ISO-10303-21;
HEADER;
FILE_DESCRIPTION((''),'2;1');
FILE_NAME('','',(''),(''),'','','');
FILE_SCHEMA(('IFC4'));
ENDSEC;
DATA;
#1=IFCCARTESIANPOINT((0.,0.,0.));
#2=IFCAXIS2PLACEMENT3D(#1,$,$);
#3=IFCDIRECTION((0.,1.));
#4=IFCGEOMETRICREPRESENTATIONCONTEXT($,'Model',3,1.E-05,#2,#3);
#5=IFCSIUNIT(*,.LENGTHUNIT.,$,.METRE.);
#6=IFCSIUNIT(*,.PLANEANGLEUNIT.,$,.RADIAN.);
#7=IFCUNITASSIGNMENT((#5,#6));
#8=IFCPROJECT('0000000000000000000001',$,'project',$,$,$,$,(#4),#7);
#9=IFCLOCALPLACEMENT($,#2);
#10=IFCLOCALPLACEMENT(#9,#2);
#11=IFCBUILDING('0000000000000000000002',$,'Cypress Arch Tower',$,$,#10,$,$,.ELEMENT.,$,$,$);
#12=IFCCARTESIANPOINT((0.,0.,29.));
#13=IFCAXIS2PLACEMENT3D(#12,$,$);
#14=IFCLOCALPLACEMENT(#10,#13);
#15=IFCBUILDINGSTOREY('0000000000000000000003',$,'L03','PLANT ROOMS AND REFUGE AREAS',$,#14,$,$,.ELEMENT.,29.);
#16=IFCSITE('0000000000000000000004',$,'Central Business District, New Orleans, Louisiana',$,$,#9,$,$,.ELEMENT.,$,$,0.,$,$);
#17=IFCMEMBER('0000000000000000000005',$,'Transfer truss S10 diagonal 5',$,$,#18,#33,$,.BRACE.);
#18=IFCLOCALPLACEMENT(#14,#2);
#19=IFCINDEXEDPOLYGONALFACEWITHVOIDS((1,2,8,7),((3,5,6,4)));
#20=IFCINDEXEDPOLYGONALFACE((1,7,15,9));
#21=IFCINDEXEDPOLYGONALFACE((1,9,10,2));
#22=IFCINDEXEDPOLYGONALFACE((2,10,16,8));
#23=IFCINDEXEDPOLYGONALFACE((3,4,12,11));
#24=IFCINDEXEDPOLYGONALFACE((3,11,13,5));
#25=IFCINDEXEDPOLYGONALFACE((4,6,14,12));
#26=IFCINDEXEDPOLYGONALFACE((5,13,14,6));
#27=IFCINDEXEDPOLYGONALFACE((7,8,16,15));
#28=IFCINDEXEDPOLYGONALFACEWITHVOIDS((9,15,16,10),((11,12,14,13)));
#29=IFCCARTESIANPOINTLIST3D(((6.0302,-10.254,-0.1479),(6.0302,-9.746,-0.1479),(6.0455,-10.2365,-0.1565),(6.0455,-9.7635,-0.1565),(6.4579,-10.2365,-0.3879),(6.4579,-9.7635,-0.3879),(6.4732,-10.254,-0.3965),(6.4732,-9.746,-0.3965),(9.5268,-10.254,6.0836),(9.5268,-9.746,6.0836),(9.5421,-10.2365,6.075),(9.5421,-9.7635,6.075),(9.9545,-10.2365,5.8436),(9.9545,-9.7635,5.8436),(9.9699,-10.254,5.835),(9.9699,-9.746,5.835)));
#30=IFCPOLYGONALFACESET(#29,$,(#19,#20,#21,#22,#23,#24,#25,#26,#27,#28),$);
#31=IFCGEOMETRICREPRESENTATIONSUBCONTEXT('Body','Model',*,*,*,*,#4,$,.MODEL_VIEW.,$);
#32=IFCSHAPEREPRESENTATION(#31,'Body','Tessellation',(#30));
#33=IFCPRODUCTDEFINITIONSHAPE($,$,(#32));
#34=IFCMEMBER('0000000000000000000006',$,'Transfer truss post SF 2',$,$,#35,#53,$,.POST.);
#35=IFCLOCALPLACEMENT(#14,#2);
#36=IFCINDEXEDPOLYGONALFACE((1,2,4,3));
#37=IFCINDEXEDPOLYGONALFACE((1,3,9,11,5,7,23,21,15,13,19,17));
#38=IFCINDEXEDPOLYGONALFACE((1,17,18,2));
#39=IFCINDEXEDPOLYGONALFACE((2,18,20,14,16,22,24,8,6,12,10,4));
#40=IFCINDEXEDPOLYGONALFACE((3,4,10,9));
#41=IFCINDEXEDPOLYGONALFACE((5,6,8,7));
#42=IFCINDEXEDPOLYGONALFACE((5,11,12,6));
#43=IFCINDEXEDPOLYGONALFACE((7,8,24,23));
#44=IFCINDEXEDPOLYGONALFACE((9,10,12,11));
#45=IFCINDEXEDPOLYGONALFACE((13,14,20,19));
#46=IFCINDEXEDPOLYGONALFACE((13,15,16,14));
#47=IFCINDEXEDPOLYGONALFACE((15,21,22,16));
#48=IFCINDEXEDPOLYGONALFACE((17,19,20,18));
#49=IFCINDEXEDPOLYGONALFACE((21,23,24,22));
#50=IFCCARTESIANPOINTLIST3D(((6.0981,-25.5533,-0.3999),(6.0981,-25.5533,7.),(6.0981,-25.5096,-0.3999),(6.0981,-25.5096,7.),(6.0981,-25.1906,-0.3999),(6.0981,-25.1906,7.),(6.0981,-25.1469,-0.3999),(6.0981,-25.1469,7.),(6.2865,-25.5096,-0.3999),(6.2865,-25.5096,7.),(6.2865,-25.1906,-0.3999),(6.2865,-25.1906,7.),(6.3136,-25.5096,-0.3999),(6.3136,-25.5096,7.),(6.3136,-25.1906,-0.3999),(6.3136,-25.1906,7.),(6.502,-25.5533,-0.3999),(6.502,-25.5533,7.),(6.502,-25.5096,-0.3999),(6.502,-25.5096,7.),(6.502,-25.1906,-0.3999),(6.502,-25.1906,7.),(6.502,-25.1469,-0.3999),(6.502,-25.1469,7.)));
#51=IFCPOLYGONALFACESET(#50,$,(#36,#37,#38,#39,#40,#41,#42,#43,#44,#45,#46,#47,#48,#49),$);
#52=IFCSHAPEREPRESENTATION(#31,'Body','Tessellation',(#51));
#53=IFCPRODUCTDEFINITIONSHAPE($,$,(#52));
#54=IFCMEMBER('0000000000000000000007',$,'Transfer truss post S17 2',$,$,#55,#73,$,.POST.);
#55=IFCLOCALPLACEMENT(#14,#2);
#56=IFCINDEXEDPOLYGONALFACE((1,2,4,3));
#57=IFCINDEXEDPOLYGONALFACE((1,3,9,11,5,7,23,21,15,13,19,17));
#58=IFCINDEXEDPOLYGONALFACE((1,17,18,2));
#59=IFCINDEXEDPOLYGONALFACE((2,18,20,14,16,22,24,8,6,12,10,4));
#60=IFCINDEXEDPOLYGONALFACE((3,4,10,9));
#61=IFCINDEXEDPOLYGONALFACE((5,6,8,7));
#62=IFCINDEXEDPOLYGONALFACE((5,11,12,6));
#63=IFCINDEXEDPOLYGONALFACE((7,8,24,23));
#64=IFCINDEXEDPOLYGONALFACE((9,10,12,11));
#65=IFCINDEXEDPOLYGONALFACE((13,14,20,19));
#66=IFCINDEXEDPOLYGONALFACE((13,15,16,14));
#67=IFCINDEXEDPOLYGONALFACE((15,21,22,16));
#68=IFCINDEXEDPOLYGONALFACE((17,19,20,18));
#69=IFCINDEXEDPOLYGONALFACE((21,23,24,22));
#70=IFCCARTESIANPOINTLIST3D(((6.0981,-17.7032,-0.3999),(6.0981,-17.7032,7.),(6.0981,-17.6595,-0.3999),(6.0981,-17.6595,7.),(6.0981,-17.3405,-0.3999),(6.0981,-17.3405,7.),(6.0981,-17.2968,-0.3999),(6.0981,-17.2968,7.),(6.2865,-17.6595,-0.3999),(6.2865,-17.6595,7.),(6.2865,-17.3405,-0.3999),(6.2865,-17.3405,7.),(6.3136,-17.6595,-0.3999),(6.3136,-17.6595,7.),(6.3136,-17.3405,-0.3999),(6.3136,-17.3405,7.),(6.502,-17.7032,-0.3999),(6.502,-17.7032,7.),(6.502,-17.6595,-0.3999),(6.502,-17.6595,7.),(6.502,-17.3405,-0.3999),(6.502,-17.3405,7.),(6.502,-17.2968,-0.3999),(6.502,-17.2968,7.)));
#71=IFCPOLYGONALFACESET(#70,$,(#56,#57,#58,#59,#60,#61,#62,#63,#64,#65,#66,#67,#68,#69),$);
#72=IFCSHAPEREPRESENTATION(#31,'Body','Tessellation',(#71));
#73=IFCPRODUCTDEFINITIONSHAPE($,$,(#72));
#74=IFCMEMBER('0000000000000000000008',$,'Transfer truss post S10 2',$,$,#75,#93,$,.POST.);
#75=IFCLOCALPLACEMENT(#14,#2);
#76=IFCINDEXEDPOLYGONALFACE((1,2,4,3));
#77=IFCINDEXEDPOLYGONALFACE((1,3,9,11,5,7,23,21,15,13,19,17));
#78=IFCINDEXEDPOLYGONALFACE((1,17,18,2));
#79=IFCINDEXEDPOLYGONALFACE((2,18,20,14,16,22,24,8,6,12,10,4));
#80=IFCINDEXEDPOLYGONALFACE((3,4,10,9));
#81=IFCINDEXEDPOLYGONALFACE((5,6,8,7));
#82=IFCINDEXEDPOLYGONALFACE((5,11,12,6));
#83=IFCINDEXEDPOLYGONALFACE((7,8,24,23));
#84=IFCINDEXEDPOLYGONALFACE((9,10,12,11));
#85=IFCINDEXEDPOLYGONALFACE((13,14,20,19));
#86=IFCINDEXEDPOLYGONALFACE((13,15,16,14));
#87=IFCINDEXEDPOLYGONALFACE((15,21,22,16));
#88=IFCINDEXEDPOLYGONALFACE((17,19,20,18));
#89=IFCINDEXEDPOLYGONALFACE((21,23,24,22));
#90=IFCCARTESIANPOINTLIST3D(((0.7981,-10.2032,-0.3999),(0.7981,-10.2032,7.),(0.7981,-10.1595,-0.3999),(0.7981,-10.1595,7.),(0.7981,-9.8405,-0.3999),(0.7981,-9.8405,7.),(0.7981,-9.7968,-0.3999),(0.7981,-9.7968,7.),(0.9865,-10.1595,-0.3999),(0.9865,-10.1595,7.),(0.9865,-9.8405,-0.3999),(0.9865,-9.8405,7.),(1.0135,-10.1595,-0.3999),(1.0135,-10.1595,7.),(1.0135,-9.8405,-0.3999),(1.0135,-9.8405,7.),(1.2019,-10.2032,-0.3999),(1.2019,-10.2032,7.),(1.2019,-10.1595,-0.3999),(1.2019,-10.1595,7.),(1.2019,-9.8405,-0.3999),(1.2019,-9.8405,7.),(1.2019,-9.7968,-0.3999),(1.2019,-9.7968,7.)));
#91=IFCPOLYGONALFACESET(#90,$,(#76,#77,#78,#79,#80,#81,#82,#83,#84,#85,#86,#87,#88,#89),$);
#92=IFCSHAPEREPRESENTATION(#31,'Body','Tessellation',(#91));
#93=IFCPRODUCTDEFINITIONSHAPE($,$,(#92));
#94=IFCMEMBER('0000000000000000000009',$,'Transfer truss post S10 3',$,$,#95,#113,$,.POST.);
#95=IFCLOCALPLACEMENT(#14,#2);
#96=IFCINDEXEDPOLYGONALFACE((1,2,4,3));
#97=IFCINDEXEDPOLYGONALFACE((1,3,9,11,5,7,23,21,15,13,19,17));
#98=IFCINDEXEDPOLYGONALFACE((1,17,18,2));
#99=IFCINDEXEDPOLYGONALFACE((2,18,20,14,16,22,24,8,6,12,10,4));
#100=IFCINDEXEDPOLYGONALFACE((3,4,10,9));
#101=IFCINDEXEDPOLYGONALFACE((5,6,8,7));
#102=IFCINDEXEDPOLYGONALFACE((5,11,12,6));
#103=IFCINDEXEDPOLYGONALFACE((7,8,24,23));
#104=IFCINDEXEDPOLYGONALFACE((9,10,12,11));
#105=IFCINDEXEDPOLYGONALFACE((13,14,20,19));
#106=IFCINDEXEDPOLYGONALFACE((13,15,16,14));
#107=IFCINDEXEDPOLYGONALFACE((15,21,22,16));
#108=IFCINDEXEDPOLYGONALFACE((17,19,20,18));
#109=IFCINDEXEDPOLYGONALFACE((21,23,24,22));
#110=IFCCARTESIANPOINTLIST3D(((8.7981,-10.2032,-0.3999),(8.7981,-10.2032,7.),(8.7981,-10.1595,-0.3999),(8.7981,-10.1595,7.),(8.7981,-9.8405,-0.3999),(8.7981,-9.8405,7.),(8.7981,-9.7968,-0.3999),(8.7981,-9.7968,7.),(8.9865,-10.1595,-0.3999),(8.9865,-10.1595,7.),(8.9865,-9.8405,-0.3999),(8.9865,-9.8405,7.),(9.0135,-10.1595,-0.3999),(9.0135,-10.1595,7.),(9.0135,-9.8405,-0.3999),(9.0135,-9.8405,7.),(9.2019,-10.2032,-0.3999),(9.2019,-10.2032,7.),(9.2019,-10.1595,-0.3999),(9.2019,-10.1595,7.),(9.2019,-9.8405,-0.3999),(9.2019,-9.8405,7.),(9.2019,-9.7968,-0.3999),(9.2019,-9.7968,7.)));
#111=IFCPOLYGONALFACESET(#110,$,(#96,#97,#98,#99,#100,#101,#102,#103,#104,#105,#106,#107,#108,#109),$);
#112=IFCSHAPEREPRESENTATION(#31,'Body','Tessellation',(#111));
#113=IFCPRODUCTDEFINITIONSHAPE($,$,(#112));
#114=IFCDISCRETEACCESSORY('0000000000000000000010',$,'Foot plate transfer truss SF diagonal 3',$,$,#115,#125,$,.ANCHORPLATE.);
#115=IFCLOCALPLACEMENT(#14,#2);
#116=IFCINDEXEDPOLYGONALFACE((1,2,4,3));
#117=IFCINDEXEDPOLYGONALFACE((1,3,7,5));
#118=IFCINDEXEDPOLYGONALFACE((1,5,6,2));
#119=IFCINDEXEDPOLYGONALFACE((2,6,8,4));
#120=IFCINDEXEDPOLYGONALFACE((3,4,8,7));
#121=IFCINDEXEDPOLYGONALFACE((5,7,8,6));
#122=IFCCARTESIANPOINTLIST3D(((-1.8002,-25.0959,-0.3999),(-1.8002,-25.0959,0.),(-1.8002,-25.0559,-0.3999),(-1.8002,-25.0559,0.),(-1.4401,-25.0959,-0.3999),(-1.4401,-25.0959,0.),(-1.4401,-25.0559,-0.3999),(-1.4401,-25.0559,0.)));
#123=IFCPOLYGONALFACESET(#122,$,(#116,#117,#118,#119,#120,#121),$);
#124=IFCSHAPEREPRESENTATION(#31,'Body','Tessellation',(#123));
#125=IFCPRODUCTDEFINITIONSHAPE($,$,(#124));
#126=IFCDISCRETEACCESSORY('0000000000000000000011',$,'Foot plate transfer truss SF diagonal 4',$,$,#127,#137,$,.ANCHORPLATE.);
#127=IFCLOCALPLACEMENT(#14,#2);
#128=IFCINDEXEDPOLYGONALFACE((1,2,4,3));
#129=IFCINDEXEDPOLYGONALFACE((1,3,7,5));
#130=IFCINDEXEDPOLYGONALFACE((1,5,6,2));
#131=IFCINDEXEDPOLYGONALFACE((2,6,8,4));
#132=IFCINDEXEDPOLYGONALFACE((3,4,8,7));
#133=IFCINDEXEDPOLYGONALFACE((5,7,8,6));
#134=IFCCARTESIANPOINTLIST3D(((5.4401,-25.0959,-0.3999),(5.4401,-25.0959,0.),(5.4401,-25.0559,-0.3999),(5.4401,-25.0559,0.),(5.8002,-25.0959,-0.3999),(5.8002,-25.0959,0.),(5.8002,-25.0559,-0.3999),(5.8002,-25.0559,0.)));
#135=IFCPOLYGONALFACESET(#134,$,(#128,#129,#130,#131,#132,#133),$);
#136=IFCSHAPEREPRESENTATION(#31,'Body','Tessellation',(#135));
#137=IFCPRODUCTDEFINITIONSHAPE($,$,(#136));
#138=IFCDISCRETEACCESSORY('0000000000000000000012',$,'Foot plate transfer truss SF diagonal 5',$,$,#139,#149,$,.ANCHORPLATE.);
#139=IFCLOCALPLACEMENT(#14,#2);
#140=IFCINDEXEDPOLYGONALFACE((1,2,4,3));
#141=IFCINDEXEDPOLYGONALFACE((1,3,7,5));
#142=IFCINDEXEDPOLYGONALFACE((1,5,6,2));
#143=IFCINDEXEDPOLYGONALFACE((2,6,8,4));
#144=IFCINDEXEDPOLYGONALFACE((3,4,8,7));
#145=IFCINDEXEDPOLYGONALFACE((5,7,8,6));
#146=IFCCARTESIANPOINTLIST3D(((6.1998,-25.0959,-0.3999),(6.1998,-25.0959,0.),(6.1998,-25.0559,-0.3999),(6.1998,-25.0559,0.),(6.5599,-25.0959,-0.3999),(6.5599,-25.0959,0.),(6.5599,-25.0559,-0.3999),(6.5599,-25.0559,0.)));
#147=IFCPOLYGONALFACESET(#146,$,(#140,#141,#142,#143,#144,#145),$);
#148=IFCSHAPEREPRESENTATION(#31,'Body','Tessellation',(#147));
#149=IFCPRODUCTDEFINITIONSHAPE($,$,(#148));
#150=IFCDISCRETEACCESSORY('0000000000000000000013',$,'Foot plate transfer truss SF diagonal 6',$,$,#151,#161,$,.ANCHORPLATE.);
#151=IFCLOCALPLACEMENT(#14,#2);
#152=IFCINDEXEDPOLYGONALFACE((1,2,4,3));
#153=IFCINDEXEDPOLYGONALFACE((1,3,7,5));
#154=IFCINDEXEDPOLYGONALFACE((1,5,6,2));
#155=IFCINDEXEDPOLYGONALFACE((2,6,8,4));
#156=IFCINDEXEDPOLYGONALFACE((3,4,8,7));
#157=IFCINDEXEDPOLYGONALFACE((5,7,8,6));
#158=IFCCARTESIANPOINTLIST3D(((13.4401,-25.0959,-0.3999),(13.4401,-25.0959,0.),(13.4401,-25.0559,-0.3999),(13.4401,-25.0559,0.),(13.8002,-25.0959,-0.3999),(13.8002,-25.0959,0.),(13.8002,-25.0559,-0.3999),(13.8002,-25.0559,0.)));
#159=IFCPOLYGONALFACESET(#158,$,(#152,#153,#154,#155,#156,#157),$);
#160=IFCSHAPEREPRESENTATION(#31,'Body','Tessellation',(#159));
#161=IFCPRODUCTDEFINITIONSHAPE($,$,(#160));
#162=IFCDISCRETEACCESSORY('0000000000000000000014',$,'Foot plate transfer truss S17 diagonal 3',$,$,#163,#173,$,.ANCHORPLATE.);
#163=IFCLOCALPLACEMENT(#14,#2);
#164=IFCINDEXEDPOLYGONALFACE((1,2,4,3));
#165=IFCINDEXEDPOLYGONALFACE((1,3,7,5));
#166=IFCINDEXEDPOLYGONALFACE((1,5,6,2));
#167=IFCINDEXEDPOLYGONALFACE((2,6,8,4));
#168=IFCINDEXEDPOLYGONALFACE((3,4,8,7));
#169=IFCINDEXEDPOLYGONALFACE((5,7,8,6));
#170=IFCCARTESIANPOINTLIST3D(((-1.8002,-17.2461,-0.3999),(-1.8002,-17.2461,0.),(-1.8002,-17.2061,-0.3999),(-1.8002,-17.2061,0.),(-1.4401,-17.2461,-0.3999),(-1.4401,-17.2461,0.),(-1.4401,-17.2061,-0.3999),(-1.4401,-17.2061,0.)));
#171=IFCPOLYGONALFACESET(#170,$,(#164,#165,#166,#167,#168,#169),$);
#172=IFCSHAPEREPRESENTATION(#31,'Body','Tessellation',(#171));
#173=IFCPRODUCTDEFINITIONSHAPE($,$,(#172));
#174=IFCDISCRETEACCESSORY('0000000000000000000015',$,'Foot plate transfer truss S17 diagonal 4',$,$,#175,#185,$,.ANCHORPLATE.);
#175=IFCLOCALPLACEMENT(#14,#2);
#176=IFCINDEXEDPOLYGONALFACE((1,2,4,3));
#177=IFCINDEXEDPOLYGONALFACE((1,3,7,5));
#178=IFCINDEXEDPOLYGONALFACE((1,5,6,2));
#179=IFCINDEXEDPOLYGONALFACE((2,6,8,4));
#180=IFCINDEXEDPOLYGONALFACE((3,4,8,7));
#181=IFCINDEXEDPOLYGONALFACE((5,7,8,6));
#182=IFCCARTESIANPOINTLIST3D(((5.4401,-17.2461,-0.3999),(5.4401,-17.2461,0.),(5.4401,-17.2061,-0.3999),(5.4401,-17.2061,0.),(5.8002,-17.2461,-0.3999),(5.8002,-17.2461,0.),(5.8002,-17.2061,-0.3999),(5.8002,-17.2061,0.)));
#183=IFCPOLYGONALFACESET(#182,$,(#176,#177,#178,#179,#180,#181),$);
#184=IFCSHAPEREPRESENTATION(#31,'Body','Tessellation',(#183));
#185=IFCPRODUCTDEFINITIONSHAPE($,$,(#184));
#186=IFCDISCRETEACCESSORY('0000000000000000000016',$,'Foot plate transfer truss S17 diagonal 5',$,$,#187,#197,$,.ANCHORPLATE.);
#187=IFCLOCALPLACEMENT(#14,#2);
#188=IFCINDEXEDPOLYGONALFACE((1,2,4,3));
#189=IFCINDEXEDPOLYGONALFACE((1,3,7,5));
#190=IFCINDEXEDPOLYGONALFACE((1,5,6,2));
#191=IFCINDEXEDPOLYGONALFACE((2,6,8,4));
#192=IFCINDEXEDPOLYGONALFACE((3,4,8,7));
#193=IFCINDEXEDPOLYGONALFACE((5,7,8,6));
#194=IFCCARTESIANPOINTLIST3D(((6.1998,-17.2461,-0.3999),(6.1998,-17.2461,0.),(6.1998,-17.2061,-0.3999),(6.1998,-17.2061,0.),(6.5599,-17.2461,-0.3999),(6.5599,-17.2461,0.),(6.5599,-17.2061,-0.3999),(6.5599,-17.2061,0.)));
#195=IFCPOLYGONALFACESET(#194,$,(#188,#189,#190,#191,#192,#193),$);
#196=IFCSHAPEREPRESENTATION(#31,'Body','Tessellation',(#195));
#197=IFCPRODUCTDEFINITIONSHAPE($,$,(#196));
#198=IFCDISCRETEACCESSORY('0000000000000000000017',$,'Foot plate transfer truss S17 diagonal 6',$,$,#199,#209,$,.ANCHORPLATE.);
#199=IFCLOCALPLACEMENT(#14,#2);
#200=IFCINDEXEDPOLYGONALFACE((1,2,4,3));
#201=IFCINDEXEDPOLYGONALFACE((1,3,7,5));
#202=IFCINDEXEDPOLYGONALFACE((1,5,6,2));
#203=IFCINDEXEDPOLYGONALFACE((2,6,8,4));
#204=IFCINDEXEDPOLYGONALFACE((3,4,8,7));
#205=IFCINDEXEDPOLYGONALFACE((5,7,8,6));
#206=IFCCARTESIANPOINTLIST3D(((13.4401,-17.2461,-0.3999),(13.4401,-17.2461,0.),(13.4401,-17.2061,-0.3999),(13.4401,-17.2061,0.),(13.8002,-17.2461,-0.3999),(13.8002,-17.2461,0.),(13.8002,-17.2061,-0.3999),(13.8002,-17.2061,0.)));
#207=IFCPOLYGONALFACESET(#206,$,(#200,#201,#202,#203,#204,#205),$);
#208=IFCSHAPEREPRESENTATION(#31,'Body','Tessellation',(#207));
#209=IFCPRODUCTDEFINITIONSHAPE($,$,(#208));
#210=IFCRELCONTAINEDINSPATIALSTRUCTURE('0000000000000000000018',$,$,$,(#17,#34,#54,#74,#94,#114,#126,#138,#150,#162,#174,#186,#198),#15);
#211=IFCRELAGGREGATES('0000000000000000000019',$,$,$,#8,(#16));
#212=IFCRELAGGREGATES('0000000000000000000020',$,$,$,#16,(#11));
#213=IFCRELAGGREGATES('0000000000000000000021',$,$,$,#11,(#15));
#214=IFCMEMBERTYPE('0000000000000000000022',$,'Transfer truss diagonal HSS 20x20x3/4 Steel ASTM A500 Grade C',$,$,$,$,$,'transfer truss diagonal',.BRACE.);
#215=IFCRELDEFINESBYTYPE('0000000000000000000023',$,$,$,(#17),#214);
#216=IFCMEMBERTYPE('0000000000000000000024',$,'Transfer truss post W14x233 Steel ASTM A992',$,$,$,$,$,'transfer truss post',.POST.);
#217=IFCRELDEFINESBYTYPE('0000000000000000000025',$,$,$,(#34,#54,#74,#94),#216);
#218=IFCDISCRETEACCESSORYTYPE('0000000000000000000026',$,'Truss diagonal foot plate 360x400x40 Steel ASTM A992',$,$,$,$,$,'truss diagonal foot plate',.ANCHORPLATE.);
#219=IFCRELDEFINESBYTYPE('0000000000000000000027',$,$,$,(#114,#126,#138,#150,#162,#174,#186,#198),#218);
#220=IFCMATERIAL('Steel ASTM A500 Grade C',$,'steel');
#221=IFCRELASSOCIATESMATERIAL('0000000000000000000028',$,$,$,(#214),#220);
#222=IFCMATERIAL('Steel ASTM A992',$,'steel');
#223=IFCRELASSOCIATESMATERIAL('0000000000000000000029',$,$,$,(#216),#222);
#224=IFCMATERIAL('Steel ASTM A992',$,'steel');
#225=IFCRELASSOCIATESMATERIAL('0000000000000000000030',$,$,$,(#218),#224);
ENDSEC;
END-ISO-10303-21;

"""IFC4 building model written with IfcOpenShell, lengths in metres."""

from ifc_helpers import new_model, si_unit, direction, frame, origin, origin_2d, place, context, subcontext, project, spatial, rectangle, hollow_rectangle, i_section, extrude, material, material_profile, profile_set, type_object, element, save


model = new_model("IFC4")

# Units and contexts
model_context = context("Model", 3, precision=1e-05, world=origin(), true_north=direction((0.0, 1.0)))
body_context = subcontext(model_context, "Body", "Model", "MODEL_VIEW")
ifc_project = project(units=[si_unit("LENGTHUNIT", "METRE"), si_unit("PLANEANGLEUNIT", "RADIAN")], contexts=[model_context])

# Site, building, storey
site_placement = place(None, origin())
site = spatial("IfcSite", under=ifc_project, at=site_placement, Name="Central Business District, New Orleans, Louisiana", CompositionType="ELEMENT", RefElevation=0.0)
building_placement = place(site_placement, origin())
building = spatial("IfcBuilding", under=site, at=building_placement, Name="Cypress Arch Tower", CompositionType="ELEMENT")
storey_placement = place(building_placement, frame((0.0, 0.0, 29.0)))
storey = spatial("IfcBuildingStorey", under=building, at=storey_placement, Name="L03", Description="PLANT ROOMS AND REFUGE AREAS", CompositionType="ELEMENT", Elevation=29.0)

# Members
ifc_material_1 = material(Name="Steel ASTM A500 Grade C", Category="steel")
ifc_material_profile_1 = material_profile(ifc_material_1, hollow_rectangle(XDim=0.5081, YDim=0.5081, WallThickness=0.0176, at=origin_2d()), Name="HSS 20x20x3/4")
ifc_profile_set_1 = profile_set([ifc_material_profile_1], Name="Steel ASTM A500 Grade C")
member_type_1 = type_object("IfcMemberType", Name="Transfer truss diagonal HSS 20x20x3/4 Steel ASTM A500 Grade C", ElementType="transfer truss diagonal", PredefinedType="BRACE", material=ifc_profile_set_1)
for number, where, z_axis, x_axis, name in (
    (1, (6.2517, -10.0, -0.2722), (0.489346, 0.0, 0.87209), (0.0, 1.0, 0.0), "Transfer truss S10 diagonal 5"),
):
    element("IfcMember", number, at=place(storey_placement, frame(where, z_axis=z_axis, x_axis=x_axis)), inside=storey, type_object=member_type_1, Name=name, PredefinedType="BRACE", context=body_context, shape_type="SweptSolid", body=[
        extrude(hollow_rectangle(XDim=0.5081, YDim=0.5081, WallThickness=0.0176, at=origin_2d()), origin(), (0.0, 0.0, 1.0), 7.1455),
    ])
ifc_material_2 = material(Name="Steel ASTM A992", Category="steel")
ifc_material_profile_2 = material_profile(ifc_material_2, i_section(OverallWidth=0.4038, OverallDepth=0.4065, WebThickness=0.0271, FlangeThickness=0.0437, at=origin_2d()), Name="W14x233")
ifc_profile_set_2 = profile_set([ifc_material_profile_2], Name="Steel ASTM A992")
member_type_2 = type_object("IfcMemberType", Name="Transfer truss post W14x233 Steel ASTM A992", ElementType="transfer truss post", PredefinedType="POST", material=ifc_profile_set_2)
for number, where, z_axis, x_axis, name in (
    (2, (6.3, -25.3501, -0.3999), (0.0, 0.0, 1.0), (1.0, 0.0, 0.0), "Transfer truss post SF 2"),
    (3, (6.3, -17.5, -0.3999), (0.0, 0.0, 1.0), (1.0, 0.0, 0.0), "Transfer truss post S17 2"),
    (4, (1.0, -10.0, -0.3999), (0.0, 0.0, 1.0), (1.0, 0.0, 0.0), "Transfer truss post S10 2"),
    (5, (9.0, -10.0, -0.3999), (0.0, 0.0, 1.0), (1.0, 0.0, 0.0), "Transfer truss post S10 3"),
):
    element("IfcMember", number, at=place(storey_placement, frame(where, z_axis=z_axis, x_axis=x_axis)), inside=storey, type_object=member_type_2, Name=name, PredefinedType="POST", context=body_context, shape_type="SweptSolid", body=[
        extrude(i_section(OverallWidth=0.4038, OverallDepth=0.4065, WebThickness=0.0271, FlangeThickness=0.0437, at=origin_2d()), origin(), (0.0, 0.0, 1.0), 7.3999),
    ])

# Discrete accessories
ifc_material_3 = material(Name="Steel ASTM A992", Category="steel")
ifc_material_profile_3 = material_profile(ifc_material_3, rectangle(XDim=0.3601, YDim=0.3999, at=origin_2d()), Name="PL 40 360x400")
ifc_profile_set_3 = profile_set([ifc_material_profile_3], Name="Steel ASTM A992")
discrete_accessory_type_1 = type_object("IfcDiscreteAccessoryType", Name="Truss diagonal foot plate 360x400x40 Steel ASTM A992", ElementType="truss diagonal foot plate", PredefinedType="ANCHORPLATE", material=ifc_profile_set_3)
for number, where, z_axis, x_axis, name in (
    (6, (-1.6201, -25.0959, -0.2), (0.0, 1.0, 0.0), (-1.0, 0.0, 0.0), "Foot plate transfer truss SF diagonal 3"),
    (7, (5.6201, -25.0959, -0.2), (0.0, 1.0, 0.0), (-1.0, 0.0, 0.0), "Foot plate transfer truss SF diagonal 4"),
    (8, (6.3799, -25.0959, -0.2), (0.0, 1.0, 0.0), (-1.0, 0.0, 0.0), "Foot plate transfer truss SF diagonal 5"),
    (9, (13.6201, -25.0959, -0.2), (0.0, 1.0, 0.0), (-1.0, 0.0, 0.0), "Foot plate transfer truss SF diagonal 6"),
    (10, (-1.6201, -17.2461, -0.2), (0.0, 1.0, 0.0), (-1.0, 0.0, 0.0), "Foot plate transfer truss S17 diagonal 3"),
    (11, (5.6201, -17.2461, -0.2), (0.0, 1.0, 0.0), (-1.0, 0.0, 0.0), "Foot plate transfer truss S17 diagonal 4"),
    (12, (6.3799, -17.2461, -0.2), (0.0, 1.0, 0.0), (-1.0, 0.0, 0.0), "Foot plate transfer truss S17 diagonal 5"),
    (13, (13.6201, -17.2461, -0.2), (0.0, 1.0, 0.0), (-1.0, 0.0, 0.0), "Foot plate transfer truss S17 diagonal 6"),
):
    element("IfcDiscreteAccessory", number, at=place(storey_placement, frame(where, z_axis=z_axis, x_axis=x_axis)), inside=storey, type_object=discrete_accessory_type_1, Name=name, PredefinedType="ANCHORPLATE", context=body_context, shape_type="SweptSolid", body=[
        extrude(rectangle(XDim=0.3601, YDim=0.3999, at=origin_2d()), origin(), (0.0, 0.0, 1.0), 0.04),
    ])

save(model, "model.ifc")
